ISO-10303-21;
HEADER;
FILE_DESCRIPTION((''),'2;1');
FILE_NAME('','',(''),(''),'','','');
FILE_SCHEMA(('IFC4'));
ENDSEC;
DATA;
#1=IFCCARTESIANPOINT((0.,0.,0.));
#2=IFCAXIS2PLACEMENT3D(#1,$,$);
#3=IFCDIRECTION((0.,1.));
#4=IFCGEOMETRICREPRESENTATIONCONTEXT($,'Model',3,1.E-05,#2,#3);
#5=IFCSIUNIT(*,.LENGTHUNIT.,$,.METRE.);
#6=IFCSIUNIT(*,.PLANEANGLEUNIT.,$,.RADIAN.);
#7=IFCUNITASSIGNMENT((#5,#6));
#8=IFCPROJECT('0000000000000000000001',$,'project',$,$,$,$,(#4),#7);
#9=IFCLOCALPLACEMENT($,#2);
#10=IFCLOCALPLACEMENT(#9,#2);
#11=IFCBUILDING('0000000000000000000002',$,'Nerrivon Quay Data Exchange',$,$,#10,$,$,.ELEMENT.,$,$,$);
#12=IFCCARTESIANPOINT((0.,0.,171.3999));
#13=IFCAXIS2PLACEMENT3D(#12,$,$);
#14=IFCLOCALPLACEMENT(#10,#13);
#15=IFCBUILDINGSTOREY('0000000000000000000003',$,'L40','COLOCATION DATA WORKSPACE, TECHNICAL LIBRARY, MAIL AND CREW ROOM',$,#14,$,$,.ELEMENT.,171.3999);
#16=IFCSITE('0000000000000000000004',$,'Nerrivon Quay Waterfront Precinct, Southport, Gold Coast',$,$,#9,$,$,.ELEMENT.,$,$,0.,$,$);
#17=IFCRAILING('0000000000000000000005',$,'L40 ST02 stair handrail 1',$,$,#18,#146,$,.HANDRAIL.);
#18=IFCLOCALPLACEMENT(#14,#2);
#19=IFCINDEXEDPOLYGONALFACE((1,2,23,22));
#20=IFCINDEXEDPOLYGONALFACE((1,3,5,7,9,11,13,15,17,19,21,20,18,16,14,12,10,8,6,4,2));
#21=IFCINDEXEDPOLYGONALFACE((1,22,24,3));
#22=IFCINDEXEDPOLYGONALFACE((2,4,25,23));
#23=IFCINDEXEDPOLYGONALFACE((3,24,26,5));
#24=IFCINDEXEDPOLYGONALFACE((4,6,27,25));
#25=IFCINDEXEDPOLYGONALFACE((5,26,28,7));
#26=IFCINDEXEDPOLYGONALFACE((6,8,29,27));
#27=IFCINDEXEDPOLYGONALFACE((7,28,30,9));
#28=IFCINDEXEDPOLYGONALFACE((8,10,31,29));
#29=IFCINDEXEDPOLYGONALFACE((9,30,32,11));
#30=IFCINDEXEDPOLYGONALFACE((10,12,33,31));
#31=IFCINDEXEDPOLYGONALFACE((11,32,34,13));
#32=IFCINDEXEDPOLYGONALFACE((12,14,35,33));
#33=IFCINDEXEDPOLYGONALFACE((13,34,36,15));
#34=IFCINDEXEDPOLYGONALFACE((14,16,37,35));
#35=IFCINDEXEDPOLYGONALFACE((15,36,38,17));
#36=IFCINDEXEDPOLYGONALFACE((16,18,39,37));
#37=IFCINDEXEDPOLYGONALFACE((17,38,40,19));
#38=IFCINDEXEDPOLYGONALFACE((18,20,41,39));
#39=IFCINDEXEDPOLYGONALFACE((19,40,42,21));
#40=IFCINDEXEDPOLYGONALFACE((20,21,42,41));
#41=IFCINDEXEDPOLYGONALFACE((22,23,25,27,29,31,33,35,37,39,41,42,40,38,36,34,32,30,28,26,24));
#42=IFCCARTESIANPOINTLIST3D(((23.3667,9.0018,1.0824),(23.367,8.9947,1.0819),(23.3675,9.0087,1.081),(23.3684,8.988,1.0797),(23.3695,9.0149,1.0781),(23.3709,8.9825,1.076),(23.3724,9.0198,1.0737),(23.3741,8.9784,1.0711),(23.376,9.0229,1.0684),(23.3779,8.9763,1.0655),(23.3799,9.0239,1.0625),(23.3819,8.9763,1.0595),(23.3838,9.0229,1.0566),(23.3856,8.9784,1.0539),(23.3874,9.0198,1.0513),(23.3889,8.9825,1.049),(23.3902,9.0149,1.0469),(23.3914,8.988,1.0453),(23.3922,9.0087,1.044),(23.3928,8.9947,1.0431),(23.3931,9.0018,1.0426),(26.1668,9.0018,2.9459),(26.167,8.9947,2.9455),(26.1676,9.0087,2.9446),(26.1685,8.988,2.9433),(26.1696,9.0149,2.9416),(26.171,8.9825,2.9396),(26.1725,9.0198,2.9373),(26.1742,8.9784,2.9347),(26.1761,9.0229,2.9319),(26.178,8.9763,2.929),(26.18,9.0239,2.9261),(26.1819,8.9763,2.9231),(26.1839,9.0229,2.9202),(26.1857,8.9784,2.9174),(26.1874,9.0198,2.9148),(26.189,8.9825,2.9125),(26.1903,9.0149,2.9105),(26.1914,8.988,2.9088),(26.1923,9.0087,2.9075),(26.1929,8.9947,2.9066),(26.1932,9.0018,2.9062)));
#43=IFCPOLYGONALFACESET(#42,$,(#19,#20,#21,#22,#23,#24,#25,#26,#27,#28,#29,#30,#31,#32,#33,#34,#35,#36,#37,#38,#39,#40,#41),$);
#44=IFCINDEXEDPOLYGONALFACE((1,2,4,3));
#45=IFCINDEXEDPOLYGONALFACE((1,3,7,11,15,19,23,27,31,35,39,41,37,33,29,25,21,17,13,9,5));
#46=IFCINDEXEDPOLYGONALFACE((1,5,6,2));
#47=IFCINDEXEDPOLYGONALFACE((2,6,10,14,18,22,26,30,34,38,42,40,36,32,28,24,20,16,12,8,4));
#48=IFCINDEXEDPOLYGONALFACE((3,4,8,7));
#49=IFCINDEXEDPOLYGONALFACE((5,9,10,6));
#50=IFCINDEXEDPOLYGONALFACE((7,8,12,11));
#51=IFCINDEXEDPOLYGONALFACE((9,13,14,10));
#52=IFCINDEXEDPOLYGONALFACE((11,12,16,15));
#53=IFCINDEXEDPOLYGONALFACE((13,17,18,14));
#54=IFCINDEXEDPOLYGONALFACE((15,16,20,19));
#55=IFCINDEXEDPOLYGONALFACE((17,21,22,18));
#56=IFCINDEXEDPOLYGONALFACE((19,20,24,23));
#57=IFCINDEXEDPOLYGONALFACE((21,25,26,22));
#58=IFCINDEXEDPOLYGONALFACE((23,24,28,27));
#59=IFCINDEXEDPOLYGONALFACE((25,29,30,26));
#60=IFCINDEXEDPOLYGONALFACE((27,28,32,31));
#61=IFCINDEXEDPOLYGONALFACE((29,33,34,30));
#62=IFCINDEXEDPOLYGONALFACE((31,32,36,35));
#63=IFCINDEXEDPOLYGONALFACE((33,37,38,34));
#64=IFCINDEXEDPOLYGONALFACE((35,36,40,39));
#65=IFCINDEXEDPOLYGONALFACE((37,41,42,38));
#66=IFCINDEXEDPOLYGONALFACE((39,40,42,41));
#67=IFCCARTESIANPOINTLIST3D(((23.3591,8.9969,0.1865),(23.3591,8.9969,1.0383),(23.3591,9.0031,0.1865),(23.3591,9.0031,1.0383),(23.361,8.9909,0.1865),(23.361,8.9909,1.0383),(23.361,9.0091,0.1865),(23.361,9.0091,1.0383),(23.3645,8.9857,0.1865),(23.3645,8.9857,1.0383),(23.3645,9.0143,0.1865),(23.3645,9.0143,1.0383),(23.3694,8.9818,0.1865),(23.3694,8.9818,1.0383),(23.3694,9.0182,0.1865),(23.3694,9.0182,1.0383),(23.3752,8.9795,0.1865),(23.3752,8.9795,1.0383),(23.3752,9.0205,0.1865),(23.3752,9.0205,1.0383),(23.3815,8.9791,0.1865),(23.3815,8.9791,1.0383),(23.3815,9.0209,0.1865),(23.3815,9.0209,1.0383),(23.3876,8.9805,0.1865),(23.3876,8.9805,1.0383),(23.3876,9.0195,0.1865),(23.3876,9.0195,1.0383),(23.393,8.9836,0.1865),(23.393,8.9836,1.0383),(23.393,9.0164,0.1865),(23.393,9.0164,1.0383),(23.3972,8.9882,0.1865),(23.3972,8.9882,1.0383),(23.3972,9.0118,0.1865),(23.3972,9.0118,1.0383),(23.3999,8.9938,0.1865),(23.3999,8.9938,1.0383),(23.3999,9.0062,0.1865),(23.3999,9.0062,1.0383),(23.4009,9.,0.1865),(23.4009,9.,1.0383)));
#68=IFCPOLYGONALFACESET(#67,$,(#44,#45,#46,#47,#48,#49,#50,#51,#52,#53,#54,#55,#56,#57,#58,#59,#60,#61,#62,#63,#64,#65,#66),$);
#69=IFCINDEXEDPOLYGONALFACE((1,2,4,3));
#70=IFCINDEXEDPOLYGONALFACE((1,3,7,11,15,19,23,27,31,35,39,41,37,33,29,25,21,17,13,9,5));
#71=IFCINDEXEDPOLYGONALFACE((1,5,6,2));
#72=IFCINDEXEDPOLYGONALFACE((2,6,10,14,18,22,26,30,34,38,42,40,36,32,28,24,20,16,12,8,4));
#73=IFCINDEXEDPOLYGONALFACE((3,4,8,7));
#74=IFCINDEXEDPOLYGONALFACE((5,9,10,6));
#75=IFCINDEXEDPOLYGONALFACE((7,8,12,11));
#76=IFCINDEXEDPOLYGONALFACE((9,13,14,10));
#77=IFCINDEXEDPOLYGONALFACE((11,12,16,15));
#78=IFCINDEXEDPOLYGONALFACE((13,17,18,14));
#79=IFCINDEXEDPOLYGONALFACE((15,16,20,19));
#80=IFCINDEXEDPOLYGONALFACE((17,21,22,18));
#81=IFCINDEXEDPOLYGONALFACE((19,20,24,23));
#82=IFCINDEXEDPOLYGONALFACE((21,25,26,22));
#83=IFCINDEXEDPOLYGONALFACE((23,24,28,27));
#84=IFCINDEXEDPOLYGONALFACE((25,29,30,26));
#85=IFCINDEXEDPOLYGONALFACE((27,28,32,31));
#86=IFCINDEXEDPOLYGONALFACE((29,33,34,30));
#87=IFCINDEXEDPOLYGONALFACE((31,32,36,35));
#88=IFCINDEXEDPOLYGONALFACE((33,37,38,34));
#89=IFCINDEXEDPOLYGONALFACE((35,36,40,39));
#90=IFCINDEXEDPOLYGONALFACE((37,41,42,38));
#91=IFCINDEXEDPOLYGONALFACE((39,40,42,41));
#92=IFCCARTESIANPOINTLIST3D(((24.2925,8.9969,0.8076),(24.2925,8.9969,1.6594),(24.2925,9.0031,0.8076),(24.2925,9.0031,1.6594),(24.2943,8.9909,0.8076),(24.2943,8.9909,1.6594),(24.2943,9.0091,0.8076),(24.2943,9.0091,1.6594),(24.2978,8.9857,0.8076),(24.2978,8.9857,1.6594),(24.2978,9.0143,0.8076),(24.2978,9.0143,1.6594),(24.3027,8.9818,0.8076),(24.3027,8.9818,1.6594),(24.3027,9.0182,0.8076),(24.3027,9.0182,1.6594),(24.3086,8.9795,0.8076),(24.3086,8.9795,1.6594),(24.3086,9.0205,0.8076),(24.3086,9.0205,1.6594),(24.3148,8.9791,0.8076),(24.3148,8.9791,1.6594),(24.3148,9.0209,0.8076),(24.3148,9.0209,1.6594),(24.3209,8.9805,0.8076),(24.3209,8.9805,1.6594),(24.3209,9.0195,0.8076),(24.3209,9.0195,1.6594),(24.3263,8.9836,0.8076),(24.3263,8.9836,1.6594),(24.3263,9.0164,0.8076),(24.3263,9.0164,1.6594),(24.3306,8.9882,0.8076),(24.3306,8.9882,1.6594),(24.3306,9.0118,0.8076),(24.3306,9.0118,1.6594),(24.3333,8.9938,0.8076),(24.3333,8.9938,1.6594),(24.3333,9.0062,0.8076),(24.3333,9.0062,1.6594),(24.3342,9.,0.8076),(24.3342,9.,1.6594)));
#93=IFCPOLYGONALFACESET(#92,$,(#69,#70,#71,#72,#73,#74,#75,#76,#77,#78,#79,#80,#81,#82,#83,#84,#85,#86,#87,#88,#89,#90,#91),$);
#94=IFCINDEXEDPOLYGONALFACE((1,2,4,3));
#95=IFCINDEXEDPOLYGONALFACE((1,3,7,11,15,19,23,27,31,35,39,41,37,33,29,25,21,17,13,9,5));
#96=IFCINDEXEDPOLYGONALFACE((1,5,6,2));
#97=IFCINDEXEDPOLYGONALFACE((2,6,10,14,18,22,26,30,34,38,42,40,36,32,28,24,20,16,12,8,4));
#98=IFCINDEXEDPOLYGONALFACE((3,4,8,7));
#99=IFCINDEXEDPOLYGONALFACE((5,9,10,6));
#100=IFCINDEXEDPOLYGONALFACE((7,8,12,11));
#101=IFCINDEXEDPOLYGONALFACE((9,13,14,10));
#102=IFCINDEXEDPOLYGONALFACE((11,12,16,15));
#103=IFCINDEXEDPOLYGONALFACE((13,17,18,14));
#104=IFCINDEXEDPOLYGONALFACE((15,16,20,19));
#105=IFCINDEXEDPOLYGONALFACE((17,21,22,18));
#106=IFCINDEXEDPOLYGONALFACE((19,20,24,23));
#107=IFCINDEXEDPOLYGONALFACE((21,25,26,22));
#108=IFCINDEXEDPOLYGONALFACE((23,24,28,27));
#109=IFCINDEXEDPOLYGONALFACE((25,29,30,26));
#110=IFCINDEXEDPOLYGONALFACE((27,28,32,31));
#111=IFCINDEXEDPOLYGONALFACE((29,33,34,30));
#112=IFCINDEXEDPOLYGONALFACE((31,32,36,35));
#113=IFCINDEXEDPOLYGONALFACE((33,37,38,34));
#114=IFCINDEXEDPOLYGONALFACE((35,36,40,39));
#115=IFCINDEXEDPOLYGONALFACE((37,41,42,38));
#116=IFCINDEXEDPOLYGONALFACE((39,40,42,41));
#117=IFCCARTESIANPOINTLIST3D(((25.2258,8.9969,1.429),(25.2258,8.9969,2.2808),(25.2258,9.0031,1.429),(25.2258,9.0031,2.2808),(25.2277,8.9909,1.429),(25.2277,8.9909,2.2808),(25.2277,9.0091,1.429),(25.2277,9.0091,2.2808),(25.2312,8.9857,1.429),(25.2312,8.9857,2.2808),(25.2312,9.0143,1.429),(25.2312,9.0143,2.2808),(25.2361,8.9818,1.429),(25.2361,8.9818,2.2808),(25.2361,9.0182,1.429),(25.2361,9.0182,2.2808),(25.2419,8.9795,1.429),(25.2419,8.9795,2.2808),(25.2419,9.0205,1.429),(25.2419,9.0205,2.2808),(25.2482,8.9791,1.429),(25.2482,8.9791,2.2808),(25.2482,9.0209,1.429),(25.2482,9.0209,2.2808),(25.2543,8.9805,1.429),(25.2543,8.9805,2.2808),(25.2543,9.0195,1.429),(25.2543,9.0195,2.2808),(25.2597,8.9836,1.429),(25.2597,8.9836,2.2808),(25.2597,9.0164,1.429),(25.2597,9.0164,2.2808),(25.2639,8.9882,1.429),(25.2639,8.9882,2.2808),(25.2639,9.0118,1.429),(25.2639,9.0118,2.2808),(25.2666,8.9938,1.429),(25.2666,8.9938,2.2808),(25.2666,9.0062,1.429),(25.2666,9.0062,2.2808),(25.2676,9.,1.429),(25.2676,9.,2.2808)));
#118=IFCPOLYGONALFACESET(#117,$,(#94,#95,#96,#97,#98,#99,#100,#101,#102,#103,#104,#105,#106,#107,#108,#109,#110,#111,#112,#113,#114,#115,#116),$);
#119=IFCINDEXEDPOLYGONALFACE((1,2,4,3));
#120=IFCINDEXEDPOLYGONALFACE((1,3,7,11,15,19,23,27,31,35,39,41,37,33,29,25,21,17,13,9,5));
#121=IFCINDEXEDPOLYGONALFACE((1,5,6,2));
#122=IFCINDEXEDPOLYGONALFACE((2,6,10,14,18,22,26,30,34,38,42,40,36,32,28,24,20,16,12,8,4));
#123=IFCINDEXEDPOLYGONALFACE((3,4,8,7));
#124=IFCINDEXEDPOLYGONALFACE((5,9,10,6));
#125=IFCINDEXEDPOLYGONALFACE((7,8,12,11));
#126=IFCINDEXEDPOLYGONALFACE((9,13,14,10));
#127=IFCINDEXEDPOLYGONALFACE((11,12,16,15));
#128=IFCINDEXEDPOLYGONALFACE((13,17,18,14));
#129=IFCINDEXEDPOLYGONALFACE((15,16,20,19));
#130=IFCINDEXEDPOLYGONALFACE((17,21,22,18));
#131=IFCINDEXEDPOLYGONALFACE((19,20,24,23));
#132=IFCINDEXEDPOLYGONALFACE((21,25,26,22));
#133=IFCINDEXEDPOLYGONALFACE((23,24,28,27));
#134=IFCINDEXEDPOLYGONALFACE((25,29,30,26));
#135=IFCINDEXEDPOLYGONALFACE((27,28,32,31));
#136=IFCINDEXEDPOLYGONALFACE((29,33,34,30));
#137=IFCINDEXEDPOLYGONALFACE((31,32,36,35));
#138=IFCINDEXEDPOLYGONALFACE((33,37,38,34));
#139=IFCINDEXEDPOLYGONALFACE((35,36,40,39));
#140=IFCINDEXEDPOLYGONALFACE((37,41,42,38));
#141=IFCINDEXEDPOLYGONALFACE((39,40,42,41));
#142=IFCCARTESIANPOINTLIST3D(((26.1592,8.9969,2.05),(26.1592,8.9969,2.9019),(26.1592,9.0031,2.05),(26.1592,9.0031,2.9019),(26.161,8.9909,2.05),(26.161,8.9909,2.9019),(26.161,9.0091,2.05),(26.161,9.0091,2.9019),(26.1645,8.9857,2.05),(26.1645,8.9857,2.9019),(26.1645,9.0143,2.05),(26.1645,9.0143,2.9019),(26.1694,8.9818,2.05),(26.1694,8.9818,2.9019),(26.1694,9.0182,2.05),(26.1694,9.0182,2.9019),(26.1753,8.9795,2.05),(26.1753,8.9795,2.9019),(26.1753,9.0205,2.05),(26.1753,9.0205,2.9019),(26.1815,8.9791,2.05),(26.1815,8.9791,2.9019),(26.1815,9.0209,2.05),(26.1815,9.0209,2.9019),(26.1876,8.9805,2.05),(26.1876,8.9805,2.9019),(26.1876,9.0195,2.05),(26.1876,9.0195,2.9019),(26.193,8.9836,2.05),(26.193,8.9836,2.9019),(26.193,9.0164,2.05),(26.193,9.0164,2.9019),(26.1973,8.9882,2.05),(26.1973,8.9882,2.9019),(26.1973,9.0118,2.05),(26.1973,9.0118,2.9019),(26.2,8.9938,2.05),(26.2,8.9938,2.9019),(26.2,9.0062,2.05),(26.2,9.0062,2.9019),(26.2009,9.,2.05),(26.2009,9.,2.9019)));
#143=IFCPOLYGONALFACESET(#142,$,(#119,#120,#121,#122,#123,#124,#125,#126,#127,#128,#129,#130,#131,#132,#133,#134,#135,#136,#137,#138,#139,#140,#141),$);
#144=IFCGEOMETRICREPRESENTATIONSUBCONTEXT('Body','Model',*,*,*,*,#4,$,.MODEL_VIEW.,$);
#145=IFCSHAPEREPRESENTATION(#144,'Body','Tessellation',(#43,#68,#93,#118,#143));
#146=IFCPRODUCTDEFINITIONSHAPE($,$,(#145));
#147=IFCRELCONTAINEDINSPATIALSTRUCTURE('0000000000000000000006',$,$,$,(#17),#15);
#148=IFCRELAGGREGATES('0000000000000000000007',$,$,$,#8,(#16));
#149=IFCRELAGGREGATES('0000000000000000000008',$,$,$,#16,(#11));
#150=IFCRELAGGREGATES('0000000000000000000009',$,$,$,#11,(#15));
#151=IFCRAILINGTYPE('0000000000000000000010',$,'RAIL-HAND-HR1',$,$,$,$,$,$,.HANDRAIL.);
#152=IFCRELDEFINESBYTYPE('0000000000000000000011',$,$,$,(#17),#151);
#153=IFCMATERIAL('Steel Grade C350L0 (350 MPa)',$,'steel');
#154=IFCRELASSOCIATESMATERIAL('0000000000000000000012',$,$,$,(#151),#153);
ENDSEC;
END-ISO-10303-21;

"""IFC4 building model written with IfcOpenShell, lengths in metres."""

from ifc_helpers import new_model, si_unit, direction, frame, origin, origin_2d, place, context, subcontext, project, spatial, circle, extrude, material, type_object, element, save


model = new_model("IFC4")

# Units and contexts
model_context = context("Model", 3, precision=1e-05, world=origin(), true_north=direction((0.0, 1.0)))
body_context = subcontext(model_context, "Body", "Model", "MODEL_VIEW")
ifc_project = project(units=[si_unit("LENGTHUNIT", "METRE"), si_unit("PLANEANGLEUNIT", "RADIAN")], contexts=[model_context])

# Site, building, storey
site_placement = place(None, origin())
site = spatial("IfcSite", under=ifc_project, at=site_placement, Name="Nerrivon Quay Waterfront Precinct, Southport, Gold Coast", CompositionType="ELEMENT", RefElevation=0.0)
building_placement = place(site_placement, origin())
building = spatial("IfcBuilding", under=site, at=building_placement, Name="Nerrivon Quay Data Exchange", CompositionType="ELEMENT")
storey_placement = place(building_placement, frame((0.0, 0.0, 171.3999)))
storey = spatial("IfcBuildingStorey", under=building, at=storey_placement, Name="L40", Description="COLOCATION DATA WORKSPACE, TECHNICAL LIBRARY, MAIL AND CREW ROOM", CompositionType="ELEMENT", Elevation=171.3999)

# Railing
ifc_material_1 = material(Name="Steel Grade C350L0 (350 MPa)", Category="steel")
railing_type_1 = type_object("IfcRailingType", Name="RAIL-HAND-HR1", PredefinedType="HANDRAIL", material=ifc_material_1)
railing_1_placement = place(storey_placement, frame((23.3799, 9.0, 0.1865)))
element("IfcRailing", 1, at=railing_1_placement, inside=storey, type_object=railing_type_1, Name="L40 ST02 stair handrail 1", PredefinedType="HANDRAIL", context=body_context, shape_type="SweptSolid", body=[
    extrude(circle(Radius=0.0239, at=origin_2d()), frame((0.0, 0.0, 0.876), z_axis=(0.832486, 0.0, 0.554047), x_axis=(0.0, 1.0, 0.0)), (0.0, 0.0, 1.0), 3.3635),
    extrude(circle(Radius=0.021, at=origin_2d()), origin(), (0.0, 0.0, 1.0), 0.8518),
    extrude(circle(Radius=0.021, at=origin_2d()), frame((0.9333, 0.0, 0.6211)), (0.0, 0.0, 1.0), 0.8518),
    extrude(circle(Radius=0.021, at=origin_2d()), frame((1.8667, 0.0, 1.2424)), (0.0, 0.0, 1.0), 0.8518),
    extrude(circle(Radius=0.021, at=origin_2d()), frame((2.8, 0.0, 1.8635)), (0.0, 0.0, 1.0), 0.8518),
])

save(model, "model.ifc")
